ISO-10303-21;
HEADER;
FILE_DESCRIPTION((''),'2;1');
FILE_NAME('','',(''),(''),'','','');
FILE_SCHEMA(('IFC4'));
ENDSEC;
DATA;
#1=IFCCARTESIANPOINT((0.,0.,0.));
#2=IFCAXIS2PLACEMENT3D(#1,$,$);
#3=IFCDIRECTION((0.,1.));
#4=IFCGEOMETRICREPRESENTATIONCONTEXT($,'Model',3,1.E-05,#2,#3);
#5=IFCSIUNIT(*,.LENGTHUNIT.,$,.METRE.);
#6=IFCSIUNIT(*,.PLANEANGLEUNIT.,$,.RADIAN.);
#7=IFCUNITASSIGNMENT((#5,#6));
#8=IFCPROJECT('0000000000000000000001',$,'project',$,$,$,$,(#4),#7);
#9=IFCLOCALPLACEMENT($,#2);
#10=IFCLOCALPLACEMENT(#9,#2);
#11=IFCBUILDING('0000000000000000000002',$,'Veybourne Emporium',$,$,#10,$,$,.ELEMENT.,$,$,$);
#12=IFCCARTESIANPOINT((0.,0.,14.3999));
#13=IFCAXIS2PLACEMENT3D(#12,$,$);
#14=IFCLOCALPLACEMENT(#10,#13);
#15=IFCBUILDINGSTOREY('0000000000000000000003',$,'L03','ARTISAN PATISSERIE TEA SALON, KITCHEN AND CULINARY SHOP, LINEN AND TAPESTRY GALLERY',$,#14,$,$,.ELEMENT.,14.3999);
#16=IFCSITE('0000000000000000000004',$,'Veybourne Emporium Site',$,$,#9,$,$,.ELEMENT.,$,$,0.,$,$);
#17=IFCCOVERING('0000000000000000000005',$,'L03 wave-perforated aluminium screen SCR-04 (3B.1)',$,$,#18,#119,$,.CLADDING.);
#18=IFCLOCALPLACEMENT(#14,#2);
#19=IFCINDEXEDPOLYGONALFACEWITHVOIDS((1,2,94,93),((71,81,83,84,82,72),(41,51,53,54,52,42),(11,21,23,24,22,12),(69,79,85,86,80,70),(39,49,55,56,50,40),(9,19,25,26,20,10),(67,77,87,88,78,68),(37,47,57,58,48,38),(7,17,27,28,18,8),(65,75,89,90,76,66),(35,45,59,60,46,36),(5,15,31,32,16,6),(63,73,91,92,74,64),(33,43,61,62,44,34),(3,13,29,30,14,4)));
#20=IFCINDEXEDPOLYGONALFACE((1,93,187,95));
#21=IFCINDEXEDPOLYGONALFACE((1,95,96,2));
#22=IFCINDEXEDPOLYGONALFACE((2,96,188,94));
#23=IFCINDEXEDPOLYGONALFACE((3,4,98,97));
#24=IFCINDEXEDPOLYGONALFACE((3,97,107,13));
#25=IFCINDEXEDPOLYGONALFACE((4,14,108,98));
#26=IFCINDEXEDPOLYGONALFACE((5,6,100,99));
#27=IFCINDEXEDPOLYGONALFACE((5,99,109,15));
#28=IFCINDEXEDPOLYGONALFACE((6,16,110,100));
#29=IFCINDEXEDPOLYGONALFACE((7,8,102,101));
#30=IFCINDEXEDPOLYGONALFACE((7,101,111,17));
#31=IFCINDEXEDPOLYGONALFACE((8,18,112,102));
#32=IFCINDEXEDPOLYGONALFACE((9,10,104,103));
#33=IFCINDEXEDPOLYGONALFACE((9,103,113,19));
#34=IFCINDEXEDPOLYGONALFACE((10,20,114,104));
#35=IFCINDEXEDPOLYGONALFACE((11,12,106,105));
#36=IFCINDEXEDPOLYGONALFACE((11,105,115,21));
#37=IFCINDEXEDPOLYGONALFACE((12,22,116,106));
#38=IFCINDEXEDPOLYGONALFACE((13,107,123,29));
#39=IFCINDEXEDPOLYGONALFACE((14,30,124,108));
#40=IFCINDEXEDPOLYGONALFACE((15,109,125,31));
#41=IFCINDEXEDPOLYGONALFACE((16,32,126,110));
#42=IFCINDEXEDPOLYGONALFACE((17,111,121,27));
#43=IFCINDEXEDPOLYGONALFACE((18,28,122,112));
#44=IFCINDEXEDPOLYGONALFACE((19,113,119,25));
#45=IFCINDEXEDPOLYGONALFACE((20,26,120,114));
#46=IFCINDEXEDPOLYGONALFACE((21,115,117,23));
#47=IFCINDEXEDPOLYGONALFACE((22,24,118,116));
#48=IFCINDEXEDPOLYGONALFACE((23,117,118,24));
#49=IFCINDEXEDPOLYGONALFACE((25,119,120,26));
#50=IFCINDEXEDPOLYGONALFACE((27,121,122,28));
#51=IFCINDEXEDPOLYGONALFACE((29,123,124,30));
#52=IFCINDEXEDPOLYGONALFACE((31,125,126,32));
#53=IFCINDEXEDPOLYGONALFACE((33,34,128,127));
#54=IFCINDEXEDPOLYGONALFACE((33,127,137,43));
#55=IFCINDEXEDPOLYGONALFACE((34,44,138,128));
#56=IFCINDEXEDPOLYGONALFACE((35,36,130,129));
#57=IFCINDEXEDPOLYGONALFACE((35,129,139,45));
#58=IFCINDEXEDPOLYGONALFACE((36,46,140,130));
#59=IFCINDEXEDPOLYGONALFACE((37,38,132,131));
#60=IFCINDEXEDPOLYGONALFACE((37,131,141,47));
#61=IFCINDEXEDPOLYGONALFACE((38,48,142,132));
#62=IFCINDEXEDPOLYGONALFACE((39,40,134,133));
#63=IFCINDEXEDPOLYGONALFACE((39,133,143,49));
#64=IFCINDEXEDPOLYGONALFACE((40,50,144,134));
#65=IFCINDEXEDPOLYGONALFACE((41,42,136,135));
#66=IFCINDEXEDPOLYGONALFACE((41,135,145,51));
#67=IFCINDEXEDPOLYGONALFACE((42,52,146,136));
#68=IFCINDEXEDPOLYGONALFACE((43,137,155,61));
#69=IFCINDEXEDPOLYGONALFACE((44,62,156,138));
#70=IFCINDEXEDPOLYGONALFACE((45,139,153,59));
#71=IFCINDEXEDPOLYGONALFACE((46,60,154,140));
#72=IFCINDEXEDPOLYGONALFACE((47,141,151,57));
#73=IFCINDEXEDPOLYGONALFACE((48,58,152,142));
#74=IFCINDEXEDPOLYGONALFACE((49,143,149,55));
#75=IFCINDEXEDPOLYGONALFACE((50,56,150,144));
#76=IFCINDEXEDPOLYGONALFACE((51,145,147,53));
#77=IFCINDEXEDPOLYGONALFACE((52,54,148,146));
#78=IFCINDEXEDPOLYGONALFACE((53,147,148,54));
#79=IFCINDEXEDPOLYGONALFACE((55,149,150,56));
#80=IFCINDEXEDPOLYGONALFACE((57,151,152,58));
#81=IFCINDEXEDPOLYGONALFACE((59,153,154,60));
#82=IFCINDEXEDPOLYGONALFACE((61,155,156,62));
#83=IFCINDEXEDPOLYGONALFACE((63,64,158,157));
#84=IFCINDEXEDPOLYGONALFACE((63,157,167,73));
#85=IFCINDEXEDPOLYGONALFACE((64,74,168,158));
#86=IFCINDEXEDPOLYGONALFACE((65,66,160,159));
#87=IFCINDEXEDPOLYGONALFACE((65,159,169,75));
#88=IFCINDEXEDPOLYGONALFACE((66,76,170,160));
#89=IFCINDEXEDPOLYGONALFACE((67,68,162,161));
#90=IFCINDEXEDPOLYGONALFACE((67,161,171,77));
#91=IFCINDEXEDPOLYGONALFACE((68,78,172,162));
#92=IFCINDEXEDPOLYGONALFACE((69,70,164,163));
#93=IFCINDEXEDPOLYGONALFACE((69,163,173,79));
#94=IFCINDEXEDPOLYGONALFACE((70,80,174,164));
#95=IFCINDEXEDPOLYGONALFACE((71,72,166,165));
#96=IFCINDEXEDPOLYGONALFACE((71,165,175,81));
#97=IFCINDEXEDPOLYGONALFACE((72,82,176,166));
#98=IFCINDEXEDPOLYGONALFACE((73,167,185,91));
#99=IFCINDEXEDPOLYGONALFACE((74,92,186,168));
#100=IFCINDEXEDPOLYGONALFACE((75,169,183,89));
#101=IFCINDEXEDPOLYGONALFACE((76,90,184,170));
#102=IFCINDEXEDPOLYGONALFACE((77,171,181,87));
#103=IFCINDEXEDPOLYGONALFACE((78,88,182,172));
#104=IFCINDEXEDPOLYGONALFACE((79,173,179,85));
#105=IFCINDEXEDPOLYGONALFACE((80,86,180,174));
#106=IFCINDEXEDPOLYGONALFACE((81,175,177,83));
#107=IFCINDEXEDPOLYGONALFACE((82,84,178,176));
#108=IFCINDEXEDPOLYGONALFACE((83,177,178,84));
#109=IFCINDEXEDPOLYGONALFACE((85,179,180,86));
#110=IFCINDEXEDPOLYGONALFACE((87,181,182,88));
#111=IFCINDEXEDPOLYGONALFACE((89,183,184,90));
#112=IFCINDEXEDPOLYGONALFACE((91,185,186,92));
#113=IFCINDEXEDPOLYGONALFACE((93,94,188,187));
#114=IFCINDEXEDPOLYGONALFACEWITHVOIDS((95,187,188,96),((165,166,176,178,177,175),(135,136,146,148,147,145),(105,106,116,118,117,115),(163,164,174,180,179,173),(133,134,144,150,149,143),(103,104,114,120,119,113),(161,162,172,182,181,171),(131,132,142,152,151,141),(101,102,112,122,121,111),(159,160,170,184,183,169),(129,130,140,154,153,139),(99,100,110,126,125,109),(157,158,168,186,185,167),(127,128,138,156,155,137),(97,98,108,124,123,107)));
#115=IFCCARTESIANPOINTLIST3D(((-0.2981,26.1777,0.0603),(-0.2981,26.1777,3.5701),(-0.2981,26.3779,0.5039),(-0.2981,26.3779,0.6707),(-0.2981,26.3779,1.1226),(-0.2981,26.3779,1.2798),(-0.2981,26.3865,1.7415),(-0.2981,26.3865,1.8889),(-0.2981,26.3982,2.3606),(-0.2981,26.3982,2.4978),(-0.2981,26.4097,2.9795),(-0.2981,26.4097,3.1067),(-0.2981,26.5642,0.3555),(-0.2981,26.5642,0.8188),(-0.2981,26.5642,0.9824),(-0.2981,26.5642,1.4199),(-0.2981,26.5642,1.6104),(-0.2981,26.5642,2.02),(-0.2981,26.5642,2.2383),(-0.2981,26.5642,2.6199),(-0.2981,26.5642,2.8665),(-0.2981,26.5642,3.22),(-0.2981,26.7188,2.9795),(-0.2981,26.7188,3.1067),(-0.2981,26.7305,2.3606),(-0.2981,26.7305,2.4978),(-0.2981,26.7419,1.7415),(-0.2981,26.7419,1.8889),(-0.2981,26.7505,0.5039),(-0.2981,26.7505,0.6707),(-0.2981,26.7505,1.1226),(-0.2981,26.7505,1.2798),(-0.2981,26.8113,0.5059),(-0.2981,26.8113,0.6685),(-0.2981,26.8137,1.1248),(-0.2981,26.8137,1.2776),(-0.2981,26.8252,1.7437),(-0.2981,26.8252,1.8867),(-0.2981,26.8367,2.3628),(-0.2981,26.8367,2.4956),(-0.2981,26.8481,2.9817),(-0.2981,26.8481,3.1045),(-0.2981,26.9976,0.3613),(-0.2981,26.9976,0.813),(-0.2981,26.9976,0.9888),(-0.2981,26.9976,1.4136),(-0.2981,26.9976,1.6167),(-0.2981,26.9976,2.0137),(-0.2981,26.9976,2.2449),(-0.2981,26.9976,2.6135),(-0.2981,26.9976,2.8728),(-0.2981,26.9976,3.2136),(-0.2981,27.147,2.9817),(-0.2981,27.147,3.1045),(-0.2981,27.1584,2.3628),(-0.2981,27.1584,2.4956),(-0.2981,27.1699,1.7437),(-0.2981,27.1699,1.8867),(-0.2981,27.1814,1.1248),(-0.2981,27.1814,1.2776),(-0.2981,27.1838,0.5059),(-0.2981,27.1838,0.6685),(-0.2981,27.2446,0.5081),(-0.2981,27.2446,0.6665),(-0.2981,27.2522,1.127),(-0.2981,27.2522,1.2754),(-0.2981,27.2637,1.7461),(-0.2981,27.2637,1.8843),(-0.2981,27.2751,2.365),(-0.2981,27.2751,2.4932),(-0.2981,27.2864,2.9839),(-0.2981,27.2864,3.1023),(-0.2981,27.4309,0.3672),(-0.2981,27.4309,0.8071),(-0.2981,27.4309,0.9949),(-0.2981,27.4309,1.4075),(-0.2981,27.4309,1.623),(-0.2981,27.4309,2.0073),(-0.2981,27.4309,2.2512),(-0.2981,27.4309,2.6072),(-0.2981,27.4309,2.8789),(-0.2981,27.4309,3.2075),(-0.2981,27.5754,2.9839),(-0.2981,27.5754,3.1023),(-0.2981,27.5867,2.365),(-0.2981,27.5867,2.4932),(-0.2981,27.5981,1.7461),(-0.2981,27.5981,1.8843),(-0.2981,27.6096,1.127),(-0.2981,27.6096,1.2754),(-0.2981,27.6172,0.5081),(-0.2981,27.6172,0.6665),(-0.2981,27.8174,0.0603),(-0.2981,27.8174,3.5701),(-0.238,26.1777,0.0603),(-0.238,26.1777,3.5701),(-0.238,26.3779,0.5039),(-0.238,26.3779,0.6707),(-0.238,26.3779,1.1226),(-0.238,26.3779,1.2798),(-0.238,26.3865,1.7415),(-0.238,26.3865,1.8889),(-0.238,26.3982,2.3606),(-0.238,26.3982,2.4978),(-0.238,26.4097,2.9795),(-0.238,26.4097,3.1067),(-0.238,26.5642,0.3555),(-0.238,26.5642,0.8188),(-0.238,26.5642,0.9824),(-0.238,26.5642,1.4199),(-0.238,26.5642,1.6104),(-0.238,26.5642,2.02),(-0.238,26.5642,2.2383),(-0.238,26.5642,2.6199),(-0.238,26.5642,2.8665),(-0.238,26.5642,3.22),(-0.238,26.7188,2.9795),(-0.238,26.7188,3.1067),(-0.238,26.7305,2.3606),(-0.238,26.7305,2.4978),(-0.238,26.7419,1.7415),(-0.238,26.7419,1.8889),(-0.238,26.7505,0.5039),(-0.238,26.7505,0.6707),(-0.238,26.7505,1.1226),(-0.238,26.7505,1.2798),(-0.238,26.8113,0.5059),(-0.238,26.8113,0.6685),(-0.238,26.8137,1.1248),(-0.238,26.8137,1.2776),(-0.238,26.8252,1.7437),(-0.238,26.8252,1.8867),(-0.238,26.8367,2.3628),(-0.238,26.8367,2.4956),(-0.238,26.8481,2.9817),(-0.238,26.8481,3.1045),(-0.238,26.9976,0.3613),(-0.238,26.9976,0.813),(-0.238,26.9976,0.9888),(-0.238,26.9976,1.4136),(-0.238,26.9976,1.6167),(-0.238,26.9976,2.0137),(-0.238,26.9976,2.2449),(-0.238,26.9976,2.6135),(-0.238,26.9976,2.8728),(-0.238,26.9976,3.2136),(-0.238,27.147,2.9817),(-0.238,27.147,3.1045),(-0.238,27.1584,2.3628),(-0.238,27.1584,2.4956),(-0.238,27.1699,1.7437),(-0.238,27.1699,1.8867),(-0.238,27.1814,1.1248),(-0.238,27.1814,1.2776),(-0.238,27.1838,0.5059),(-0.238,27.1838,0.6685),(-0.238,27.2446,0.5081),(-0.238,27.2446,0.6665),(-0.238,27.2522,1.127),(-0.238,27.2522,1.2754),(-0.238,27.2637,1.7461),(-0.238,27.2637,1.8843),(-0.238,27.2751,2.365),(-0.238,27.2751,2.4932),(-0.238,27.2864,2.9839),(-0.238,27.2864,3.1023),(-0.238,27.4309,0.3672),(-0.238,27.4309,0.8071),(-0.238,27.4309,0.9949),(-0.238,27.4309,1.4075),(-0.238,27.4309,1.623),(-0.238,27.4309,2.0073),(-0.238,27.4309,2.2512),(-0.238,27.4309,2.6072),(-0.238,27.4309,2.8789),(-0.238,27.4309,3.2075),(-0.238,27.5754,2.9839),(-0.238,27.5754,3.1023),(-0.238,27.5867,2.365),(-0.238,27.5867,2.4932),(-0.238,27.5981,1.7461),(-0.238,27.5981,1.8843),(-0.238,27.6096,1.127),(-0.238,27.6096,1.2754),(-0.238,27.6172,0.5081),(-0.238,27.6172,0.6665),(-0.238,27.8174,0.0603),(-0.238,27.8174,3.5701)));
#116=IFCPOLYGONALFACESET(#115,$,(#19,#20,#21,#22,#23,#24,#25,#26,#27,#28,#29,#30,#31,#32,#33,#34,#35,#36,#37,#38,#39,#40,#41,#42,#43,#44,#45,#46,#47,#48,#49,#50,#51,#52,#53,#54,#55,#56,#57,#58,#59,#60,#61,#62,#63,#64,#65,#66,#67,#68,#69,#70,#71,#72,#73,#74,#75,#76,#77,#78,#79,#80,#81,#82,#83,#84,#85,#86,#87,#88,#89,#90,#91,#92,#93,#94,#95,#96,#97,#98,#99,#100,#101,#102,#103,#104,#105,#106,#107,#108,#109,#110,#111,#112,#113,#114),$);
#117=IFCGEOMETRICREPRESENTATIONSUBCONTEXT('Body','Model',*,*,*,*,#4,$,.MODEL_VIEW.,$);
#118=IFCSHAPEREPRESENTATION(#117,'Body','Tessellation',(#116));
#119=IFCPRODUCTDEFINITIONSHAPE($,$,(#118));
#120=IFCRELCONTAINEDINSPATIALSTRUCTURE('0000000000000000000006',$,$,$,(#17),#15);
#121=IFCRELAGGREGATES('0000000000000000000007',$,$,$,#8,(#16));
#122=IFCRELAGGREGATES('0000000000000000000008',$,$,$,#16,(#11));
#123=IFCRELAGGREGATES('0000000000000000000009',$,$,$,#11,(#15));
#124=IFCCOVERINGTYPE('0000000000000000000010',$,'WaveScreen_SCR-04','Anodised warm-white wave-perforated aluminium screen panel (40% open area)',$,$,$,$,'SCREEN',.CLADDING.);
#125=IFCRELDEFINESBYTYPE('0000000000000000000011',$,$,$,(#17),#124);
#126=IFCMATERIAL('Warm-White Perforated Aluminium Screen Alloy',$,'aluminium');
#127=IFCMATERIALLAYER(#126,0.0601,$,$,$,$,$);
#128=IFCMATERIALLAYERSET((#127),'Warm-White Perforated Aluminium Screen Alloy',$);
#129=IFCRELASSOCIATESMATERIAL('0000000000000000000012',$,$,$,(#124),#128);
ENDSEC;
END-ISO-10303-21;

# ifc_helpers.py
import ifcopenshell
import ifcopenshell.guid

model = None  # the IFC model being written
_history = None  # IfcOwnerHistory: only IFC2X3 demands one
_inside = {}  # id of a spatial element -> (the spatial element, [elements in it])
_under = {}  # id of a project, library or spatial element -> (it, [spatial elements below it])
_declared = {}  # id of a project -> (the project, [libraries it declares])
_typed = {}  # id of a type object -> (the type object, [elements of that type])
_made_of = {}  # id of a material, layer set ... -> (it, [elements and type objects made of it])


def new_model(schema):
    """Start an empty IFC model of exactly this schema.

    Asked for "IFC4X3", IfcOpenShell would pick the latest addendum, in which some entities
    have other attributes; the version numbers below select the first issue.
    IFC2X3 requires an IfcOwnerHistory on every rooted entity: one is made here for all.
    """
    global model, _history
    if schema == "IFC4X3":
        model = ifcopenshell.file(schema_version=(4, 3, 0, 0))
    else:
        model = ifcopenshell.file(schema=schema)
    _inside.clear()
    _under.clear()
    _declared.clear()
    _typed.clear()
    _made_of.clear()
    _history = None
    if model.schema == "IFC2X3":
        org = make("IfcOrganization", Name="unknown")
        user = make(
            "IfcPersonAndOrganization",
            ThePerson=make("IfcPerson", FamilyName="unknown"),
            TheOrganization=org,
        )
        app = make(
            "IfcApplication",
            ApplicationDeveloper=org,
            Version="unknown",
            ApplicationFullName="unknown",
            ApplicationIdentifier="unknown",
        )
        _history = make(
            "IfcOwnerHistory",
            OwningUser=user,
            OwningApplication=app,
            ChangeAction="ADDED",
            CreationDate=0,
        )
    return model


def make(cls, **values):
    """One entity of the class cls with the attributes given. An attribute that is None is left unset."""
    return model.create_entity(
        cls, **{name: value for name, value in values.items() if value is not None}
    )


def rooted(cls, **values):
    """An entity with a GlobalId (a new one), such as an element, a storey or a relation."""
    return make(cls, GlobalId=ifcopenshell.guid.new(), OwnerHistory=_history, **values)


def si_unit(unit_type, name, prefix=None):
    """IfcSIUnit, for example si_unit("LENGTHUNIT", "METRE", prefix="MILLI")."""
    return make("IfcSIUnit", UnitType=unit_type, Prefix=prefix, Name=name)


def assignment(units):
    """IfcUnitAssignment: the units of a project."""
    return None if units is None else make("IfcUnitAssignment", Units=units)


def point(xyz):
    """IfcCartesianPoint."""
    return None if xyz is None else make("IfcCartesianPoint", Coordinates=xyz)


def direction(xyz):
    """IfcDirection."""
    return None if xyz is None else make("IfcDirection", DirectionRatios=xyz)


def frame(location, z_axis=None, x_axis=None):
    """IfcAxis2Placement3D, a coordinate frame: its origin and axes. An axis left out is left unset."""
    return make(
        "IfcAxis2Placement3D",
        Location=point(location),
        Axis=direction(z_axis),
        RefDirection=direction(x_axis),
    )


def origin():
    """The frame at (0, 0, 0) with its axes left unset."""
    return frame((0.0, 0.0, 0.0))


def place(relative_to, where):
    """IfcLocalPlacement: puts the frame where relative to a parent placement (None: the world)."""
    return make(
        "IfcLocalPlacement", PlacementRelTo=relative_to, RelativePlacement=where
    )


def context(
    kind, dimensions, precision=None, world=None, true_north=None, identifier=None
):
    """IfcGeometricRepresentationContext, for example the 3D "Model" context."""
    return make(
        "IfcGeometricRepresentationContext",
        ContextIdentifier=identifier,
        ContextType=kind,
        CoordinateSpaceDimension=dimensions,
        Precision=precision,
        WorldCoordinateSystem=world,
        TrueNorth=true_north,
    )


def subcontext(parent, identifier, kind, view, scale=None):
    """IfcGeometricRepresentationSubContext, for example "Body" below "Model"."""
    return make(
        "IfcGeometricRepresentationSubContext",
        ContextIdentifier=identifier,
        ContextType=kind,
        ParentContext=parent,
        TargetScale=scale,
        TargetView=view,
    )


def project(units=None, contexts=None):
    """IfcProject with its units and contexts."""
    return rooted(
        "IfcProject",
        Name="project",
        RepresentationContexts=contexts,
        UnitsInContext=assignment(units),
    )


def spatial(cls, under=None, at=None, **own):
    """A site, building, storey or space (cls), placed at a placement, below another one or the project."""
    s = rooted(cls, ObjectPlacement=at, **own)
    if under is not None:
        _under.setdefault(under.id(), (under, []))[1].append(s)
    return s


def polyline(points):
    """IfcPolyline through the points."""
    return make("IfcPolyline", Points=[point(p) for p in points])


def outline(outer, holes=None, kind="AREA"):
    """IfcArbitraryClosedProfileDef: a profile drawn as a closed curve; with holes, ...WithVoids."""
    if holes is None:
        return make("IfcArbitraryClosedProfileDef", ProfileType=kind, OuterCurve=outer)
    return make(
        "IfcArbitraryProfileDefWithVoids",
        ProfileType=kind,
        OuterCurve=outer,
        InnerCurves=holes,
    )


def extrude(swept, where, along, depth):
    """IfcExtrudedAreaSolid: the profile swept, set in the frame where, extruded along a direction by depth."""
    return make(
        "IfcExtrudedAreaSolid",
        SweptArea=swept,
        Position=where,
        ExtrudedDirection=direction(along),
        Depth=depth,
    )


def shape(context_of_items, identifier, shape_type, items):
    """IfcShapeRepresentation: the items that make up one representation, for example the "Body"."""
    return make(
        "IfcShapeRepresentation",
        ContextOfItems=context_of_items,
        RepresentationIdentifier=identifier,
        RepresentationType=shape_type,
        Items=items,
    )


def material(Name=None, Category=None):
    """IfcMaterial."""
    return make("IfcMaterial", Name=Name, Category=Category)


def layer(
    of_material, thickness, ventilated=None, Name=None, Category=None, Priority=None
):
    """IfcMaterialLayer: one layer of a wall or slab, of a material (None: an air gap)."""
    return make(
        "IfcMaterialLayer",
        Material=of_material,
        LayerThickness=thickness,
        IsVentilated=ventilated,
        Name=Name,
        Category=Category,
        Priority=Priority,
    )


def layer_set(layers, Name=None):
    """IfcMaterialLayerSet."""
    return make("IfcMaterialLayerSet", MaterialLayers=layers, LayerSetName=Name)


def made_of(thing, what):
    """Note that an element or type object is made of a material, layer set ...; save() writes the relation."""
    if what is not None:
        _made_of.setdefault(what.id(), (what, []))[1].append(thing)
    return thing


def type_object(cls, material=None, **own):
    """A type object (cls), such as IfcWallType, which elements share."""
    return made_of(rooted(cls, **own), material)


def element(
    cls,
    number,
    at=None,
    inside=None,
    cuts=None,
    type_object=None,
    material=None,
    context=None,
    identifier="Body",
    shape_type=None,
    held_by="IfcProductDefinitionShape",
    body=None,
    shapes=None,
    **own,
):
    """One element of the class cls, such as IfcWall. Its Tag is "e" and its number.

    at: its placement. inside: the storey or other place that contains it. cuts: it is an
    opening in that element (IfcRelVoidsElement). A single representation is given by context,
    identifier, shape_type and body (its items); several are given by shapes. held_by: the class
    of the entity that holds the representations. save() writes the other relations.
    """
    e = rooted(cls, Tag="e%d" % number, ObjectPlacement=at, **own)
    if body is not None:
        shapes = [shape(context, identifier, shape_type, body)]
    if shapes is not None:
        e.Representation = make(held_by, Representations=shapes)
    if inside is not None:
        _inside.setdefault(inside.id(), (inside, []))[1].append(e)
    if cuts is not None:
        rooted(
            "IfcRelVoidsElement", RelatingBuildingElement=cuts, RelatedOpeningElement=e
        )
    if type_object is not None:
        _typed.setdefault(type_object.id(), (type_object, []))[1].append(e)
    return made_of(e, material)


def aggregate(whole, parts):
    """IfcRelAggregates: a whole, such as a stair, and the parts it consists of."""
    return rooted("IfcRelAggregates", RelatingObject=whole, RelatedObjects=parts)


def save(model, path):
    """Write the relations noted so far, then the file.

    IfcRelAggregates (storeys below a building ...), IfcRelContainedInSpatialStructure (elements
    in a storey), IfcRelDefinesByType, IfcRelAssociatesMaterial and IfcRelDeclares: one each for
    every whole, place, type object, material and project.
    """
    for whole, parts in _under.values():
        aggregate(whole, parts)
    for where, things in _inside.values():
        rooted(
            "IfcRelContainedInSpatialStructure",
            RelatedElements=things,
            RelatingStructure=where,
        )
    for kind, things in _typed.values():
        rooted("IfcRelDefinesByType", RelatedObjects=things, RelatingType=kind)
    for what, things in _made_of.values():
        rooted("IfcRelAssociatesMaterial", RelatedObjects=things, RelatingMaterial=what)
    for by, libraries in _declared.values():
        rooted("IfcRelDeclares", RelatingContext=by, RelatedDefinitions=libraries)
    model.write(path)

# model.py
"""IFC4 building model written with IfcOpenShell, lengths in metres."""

from ifc_helpers import new_model, si_unit, direction, frame, origin, place, context, subcontext, project, spatial, polyline, outline, extrude, material, layer, layer_set, type_object, element, save


model = new_model("IFC4")

# Units and contexts
model_context = context("Model", 3, precision=1e-05, world=origin(), true_north=direction((0.0, 1.0)))
body_context = subcontext(model_context, "Body", "Model", "MODEL_VIEW")
ifc_project = project(units=[si_unit("LENGTHUNIT", "METRE"), si_unit("PLANEANGLEUNIT", "RADIAN")], contexts=[model_context])

# Site, building, storey
site_placement = place(None, origin())
site = spatial("IfcSite", under=ifc_project, at=site_placement, Name="Veybourne Emporium Site", CompositionType="ELEMENT", RefElevation=0.0)
building_placement = place(site_placement, origin())
building = spatial("IfcBuilding", under=site, at=building_placement, Name="Veybourne Emporium", CompositionType="ELEMENT")
storey_placement = place(building_placement, frame((0.0, 0.0, 14.3999)))
storey = spatial("IfcBuildingStorey", under=building, at=storey_placement, Name="L03", Description="ARTISAN PATISSERIE TEA SALON, KITCHEN AND CULINARY SHOP, LINEN AND TAPESTRY GALLERY", CompositionType="ELEMENT", Elevation=14.3999)

# Covering
ifc_material_1 = material(Name="Warm-White Perforated Aluminium Screen Alloy", Category="aluminium")
ifc_layer_1 = layer(ifc_material_1, 0.0601)
ifc_layer_set_1 = layer_set([ifc_layer_1], Name="Warm-White Perforated Aluminium Screen Alloy")
covering_type_1 = type_object("IfcCoveringType", Name="WaveScreen_SCR-04", Description="Anodised warm-white wave-perforated aluminium screen panel (40% open area)", ElementType="SCREEN", PredefinedType="CLADDING", material=ifc_layer_set_1)
covering_1_placement = place(storey_placement, frame((-0.2981, 26.9976, 1.8152), z_axis=(1.0, 0.0, 0.0), x_axis=(0.0, 1.0, 0.0)))
element("IfcCovering", 1, at=covering_1_placement, inside=storey, type_object=covering_type_1, Name="L03 wave-perforated aluminium screen SCR-04 (3B.1)", PredefinedType="CLADDING", context=body_context, shape_type="SweptSolid", body=[
    extrude(outline(polyline([(-0.8198, -1.7549), (0.8198, -1.7549), (0.8198, 1.7549), (-0.8198, 1.7549), (-0.8198, -1.7549)]), holes=[polyline([(-0.4333, -0.9963), (-0.2471, -1.1445), (-0.2471, -1.3113), (-0.4333, -1.4597), (-0.6196, -1.3113), (-0.6196, -1.1445), (-0.4333, -0.9963)]), polyline([(-0.4333, -0.3953), (-0.2471, -0.5354), (-0.2471, -0.6926), (-0.4333, -0.8328), (-0.6196, -0.6926), (-0.6196, -0.5354), (-0.4333, -0.3953)]), polyline([(-0.4333, 0.2048), (-0.2556, 0.0737), (-0.2556, -0.0737), (-0.4333, -0.2048), (-0.6111, -0.0737), (-0.6111, 0.0737), (-0.4333, 0.2048)]), polyline([(-0.4333, 0.8047), (-0.2671, 0.6826), (-0.2671, 0.5454), (-0.4333, 0.4231), (-0.5994, 0.5454), (-0.5994, 0.6826), (-0.4333, 0.8047)]), polyline([(-0.4333, 1.4048), (-0.2788, 1.2915), (-0.2788, 1.1643), (-0.4333, 1.0513), (-0.5879, 1.1643), (-0.5879, 1.2915), (-0.4333, 1.4048)]), polyline([(0.0, -1.0022), (0.1863, -1.1467), (0.1863, -1.3093), (0.0, -1.4539), (-0.1863, -1.3093), (-0.1863, -1.1467), (0.0, -1.0022)]), polyline([(0.0, -0.4016), (0.1838, -0.5376), (0.1838, -0.6904), (0.0, -0.8264), (-0.1838, -0.6904), (-0.1838, -0.5376), (0.0, -0.4016)]), polyline([(0.0, 0.1985), (0.1724, 0.0715), (0.1724, -0.0715), (0.0, -0.1985), (-0.1724, -0.0715), (-0.1724, 0.0715), (0.0, 0.1985)]), polyline([(0.0, 0.7983), (0.1609, 0.6804), (0.1609, 0.5476), (0.0, 0.4297), (-0.1609, 0.5476), (-0.1609, 0.6804), (0.0, 0.7983)]), polyline([(0.0, 1.3984), (0.1494, 1.2893), (0.1494, 1.1665), (0.0, 1.0576), (-0.1494, 1.1665), (-0.1494, 1.2893), (0.0, 1.3984)]), polyline([(0.4333, -1.0081), (0.6196, -1.1487), (0.6196, -1.3071), (0.4333, -1.448), (0.2471, -1.3071), (0.2471, -1.1487), (0.4333, -1.0081)]), polyline([(0.4333, -0.4077), (0.6121, -0.5398), (0.6121, -0.6882), (0.4333, -0.8203), (0.2546, -0.6882), (0.2546, -0.5398), (0.4333, -0.4077)]), polyline([(0.4333, 0.1921), (0.6006, 0.0691), (0.6006, -0.0691), (0.4333, -0.1921), (0.2661, -0.0691), (0.2661, 0.0691), (0.4333, 0.1921)]), polyline([(0.4333, 0.792), (0.5891, 0.678), (0.5891, 0.5498), (0.4333, 0.436), (0.2776, 0.5498), (0.2776, 0.678), (0.4333, 0.792)]), polyline([(0.4333, 1.3923), (0.5779, 1.2871), (0.5779, 1.1687), (0.4333, 1.0637), (0.2888, 1.1687), (0.2888, 1.2871), (0.4333, 1.3923)])]), origin(), (0.0, 0.0, 1.0), 0.0601),
])

save(model, "model.ifc")
